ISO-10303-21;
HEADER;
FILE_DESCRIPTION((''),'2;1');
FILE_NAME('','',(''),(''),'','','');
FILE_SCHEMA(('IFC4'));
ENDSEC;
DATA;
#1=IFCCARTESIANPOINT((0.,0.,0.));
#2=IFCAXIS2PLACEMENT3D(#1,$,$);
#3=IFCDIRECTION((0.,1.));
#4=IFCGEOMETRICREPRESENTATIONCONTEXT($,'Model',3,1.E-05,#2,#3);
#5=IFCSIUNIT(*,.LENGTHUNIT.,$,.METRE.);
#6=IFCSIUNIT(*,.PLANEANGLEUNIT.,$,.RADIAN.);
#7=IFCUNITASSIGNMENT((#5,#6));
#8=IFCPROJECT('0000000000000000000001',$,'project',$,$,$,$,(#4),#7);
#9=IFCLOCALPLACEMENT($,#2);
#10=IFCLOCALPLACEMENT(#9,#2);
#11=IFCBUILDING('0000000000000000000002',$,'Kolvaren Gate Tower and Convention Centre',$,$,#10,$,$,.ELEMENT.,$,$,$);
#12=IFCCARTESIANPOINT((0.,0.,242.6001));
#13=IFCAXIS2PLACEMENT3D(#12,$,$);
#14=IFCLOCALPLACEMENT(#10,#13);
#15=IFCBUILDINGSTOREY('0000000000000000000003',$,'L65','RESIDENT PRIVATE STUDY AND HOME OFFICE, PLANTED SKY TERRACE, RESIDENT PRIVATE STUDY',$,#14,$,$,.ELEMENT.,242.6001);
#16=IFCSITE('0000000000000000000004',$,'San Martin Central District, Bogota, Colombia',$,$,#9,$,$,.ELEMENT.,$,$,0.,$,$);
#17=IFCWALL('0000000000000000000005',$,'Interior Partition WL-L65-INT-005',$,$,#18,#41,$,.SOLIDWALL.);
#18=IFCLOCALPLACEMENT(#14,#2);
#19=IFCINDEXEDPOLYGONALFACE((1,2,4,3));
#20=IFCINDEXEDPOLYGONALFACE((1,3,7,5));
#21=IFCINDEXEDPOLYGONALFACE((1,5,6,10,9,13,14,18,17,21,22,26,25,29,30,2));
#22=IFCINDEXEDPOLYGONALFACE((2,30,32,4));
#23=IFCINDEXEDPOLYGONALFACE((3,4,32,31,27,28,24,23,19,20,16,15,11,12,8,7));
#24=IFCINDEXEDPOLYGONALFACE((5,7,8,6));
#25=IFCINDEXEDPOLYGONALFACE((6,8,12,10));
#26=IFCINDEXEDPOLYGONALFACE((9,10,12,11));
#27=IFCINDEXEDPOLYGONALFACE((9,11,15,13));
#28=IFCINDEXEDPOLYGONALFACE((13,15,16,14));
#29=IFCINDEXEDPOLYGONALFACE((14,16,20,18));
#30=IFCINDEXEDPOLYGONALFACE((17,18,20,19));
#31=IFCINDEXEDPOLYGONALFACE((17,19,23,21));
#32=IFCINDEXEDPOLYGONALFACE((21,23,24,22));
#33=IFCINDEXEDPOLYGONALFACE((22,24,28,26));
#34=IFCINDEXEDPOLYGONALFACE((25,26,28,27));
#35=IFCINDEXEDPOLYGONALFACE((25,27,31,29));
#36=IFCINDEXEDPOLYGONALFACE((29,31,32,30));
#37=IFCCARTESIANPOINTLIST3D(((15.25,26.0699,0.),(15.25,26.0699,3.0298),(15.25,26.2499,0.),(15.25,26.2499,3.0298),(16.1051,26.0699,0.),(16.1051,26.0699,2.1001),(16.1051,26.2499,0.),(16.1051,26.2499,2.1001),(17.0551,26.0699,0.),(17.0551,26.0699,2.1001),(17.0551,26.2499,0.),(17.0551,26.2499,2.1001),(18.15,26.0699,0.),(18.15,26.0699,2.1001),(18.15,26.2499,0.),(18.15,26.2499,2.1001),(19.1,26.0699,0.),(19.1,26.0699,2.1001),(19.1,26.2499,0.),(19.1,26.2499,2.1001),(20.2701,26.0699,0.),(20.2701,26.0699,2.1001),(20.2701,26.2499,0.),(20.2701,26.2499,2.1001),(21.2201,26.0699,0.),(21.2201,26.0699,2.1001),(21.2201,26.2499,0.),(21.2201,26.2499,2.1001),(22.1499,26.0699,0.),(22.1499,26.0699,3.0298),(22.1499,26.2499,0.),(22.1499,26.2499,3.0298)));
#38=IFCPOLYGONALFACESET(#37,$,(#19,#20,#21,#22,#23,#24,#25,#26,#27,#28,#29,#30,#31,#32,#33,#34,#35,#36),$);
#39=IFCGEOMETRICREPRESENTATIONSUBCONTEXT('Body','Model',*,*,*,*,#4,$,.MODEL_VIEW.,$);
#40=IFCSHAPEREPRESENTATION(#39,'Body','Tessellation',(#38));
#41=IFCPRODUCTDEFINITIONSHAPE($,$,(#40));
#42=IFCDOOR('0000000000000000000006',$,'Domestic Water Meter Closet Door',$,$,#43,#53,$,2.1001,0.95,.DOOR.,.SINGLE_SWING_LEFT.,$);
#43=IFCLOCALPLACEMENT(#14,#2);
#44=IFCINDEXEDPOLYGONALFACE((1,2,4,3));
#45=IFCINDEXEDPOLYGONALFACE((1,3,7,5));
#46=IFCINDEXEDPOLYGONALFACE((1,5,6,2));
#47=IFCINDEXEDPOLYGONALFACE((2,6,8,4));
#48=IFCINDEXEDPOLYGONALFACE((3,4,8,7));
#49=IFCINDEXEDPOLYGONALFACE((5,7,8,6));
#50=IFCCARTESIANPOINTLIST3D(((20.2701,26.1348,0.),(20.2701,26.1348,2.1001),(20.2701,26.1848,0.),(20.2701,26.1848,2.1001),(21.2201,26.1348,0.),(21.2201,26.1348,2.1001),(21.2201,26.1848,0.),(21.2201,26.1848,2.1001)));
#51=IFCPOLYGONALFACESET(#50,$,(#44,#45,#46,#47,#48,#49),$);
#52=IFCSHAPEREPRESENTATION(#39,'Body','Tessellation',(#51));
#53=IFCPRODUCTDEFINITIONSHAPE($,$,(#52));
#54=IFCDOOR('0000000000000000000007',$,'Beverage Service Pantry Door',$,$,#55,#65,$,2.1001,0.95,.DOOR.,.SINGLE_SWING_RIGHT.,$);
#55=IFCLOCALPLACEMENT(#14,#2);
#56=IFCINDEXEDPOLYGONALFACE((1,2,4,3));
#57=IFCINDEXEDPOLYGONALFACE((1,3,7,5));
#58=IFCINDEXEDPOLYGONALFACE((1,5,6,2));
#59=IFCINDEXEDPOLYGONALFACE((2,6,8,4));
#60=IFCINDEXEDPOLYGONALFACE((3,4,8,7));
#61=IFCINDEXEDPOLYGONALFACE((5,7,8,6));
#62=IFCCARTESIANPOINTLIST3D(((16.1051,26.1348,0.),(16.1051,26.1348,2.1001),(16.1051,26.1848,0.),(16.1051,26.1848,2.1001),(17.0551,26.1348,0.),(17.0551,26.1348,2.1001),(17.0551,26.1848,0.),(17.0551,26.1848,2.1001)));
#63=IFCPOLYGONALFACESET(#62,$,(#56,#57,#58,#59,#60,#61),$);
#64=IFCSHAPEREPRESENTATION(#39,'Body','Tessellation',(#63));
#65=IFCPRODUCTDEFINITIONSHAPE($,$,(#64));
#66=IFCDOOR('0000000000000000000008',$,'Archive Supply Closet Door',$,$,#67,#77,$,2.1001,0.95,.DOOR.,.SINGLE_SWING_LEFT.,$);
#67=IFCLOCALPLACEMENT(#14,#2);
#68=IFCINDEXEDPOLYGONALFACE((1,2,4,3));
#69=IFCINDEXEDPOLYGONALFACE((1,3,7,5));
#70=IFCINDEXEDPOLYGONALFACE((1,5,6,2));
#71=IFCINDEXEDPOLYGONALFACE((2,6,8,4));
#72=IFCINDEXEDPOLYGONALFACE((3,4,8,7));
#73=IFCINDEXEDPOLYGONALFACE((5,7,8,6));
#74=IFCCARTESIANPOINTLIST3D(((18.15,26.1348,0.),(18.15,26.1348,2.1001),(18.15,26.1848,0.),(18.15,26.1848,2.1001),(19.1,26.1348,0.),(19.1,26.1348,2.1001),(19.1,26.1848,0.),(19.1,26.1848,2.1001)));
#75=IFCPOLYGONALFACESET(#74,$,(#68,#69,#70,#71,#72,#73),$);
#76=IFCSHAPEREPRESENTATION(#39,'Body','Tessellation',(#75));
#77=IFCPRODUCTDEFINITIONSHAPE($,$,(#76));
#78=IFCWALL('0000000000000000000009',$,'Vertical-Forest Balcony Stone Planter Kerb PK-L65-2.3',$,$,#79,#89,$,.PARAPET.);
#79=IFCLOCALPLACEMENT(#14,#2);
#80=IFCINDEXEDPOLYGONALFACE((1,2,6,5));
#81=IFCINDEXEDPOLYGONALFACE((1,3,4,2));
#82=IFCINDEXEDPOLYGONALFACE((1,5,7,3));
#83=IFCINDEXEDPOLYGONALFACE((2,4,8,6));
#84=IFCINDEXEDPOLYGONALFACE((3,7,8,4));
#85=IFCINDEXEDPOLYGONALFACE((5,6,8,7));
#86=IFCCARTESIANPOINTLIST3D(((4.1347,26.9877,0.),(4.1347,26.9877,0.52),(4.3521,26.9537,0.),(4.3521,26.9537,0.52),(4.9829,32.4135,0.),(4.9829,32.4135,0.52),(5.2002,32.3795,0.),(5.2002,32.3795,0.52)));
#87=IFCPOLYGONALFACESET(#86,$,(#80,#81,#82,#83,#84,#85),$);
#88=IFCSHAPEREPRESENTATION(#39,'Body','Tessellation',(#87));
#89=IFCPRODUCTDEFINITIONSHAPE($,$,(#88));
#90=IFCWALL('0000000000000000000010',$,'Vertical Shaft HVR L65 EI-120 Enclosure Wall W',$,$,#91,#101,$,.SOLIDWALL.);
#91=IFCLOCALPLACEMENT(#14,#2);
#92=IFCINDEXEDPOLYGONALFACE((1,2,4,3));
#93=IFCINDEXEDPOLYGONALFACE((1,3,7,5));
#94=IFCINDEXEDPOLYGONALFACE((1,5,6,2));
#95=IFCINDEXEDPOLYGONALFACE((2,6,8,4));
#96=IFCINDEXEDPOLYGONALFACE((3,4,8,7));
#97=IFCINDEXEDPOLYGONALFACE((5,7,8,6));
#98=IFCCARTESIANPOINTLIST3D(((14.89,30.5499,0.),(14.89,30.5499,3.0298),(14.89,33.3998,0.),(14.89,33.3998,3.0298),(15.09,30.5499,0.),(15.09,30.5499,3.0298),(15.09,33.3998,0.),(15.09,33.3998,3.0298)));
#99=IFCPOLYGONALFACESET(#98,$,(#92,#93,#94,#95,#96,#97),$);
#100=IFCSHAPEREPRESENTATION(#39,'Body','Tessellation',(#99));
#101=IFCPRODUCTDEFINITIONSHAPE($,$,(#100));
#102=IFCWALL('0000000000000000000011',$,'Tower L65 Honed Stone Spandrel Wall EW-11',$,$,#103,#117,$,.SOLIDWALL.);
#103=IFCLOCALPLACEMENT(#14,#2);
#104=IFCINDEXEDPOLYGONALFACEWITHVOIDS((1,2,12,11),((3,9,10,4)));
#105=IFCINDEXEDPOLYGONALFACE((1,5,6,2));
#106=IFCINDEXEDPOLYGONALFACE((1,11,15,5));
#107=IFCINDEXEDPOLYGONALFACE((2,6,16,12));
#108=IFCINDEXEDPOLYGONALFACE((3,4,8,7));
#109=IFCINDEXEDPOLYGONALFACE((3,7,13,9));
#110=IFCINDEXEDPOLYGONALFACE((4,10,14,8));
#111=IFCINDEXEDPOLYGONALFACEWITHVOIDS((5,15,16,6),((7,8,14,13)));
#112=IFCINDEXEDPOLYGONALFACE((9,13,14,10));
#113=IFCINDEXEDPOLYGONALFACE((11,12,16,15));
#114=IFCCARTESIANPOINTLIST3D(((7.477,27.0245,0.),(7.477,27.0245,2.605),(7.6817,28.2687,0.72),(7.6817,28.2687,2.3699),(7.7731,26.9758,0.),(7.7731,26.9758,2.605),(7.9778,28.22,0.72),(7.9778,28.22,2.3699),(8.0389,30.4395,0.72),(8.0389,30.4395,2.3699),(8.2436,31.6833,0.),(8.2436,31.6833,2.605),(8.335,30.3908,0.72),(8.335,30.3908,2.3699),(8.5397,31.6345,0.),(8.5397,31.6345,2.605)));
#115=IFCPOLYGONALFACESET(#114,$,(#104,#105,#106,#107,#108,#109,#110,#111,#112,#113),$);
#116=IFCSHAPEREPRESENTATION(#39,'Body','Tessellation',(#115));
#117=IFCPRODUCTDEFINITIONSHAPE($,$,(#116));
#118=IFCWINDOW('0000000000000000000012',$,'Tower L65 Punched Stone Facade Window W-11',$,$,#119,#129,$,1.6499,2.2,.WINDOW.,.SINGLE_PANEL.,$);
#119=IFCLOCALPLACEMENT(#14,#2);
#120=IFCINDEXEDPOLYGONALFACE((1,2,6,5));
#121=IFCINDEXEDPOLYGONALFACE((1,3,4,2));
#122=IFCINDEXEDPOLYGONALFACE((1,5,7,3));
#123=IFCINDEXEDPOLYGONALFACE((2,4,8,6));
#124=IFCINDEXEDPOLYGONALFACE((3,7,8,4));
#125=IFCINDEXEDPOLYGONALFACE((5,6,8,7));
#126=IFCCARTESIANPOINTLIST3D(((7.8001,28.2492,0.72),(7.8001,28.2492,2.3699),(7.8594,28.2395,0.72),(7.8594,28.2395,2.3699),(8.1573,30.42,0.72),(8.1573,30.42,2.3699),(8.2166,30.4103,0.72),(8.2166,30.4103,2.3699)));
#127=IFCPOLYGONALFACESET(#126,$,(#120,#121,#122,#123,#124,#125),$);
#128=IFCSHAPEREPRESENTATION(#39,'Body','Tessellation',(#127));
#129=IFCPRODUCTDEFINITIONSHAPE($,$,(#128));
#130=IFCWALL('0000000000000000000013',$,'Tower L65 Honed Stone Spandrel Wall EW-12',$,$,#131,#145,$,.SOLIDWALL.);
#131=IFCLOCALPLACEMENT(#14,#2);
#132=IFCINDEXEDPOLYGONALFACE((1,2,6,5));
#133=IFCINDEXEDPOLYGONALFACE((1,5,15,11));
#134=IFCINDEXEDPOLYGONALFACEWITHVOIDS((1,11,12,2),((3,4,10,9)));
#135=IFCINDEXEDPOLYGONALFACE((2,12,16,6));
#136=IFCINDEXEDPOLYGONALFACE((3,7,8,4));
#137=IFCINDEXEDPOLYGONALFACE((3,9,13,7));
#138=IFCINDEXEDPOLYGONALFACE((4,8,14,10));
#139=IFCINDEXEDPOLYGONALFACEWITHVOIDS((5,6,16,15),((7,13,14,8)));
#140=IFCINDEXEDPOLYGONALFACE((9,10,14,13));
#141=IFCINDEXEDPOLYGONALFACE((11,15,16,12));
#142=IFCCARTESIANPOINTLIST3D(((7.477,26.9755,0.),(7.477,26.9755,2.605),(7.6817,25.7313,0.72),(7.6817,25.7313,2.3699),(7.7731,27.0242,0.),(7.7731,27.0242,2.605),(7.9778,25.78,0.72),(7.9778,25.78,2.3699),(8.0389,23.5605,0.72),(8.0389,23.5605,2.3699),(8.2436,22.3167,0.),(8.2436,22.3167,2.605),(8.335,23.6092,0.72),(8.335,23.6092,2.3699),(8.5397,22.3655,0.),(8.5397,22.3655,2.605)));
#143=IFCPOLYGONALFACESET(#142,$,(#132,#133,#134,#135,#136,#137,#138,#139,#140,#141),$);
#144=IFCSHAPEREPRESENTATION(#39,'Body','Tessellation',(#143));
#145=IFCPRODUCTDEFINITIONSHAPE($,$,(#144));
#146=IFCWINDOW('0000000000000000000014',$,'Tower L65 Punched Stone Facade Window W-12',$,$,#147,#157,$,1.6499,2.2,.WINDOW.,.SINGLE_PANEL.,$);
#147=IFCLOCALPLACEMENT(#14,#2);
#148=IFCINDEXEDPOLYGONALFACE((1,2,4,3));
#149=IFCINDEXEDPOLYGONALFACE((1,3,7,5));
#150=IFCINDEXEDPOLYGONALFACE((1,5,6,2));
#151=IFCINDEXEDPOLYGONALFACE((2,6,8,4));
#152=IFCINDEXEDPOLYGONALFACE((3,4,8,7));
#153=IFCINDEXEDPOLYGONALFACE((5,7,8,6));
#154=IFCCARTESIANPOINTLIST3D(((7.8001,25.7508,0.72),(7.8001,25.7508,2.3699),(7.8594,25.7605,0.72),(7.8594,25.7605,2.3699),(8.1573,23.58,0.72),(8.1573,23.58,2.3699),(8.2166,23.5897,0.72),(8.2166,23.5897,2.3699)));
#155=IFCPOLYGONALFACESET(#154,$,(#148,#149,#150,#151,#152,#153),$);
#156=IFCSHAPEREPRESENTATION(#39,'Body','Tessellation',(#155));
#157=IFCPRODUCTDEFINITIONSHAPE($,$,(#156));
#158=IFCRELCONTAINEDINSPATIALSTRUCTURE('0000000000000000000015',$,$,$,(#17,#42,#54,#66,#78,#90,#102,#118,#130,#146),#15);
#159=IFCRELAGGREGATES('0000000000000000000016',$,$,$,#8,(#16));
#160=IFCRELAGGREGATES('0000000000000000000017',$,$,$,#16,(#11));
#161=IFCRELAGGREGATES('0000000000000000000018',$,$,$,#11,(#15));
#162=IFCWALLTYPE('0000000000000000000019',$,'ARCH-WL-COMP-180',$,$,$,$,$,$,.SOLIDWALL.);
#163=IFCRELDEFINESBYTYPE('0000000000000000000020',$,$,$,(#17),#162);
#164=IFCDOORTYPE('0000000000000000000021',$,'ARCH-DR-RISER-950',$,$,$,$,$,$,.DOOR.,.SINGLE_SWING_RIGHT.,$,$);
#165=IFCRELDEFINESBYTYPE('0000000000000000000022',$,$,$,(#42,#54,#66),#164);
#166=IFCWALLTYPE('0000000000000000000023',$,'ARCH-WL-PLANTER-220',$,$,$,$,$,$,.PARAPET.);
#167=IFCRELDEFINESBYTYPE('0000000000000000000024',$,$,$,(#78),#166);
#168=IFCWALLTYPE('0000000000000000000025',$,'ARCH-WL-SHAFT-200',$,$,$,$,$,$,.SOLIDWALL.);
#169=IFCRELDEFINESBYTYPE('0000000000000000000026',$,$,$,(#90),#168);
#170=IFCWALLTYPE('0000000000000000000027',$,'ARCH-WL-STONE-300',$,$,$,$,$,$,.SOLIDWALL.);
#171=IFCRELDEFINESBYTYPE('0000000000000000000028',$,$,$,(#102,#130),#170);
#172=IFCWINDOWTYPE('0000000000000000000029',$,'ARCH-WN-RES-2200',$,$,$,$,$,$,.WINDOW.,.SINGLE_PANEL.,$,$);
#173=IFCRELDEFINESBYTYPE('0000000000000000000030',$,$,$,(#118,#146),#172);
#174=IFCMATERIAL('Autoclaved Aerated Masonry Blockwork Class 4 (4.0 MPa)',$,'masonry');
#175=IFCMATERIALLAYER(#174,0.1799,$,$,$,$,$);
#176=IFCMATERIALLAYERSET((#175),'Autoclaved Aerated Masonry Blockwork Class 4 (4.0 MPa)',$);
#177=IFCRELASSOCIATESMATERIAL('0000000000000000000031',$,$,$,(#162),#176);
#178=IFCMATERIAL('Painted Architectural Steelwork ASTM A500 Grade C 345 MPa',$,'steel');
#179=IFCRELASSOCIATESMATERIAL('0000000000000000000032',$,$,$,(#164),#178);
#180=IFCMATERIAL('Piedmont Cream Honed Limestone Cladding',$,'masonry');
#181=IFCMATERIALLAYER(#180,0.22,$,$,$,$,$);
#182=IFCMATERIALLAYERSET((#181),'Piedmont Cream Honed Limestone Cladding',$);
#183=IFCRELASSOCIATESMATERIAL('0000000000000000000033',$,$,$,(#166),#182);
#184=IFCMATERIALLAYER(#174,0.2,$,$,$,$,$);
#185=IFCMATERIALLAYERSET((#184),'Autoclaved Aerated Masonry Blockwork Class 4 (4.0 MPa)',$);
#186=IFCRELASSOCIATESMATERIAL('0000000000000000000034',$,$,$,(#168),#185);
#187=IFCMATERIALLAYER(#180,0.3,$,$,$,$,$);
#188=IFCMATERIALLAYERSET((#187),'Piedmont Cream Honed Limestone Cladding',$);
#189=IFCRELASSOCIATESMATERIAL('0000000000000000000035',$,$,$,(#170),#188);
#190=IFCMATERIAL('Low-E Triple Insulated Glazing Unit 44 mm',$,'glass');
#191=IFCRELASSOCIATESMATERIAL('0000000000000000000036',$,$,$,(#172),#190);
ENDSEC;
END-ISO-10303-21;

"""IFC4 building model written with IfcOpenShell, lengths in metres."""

from ifc_helpers import new_model, si_unit, direction, frame, frame_2d, origin, place, context, subcontext, project, spatial, rectangle, extrude, material, layer, layer_set, type_object, element, fill, save


model = new_model("IFC4")

# Units and contexts
model_context = context("Model", 3, precision=1e-05, world=origin(), true_north=direction((0.0, 1.0)))
body_context = subcontext(model_context, "Body", "Model", "MODEL_VIEW")
ifc_project = project(units=[si_unit("LENGTHUNIT", "METRE"), si_unit("PLANEANGLEUNIT", "RADIAN")], contexts=[model_context])

# Site, building, storey
site_placement = place(None, origin())
site = spatial("IfcSite", under=ifc_project, at=site_placement, Name="San Martin Central District, Bogota, Colombia", CompositionType="ELEMENT", RefElevation=0.0)
building_placement = place(site_placement, origin())
building = spatial("IfcBuilding", under=site, at=building_placement, Name="Kolvaren Gate Tower and Convention Centre", CompositionType="ELEMENT")
storey_placement = place(building_placement, frame((0.0, 0.0, 242.6001)))
storey = spatial("IfcBuildingStorey", under=building, at=storey_placement, Name="L65", Description="RESIDENT PRIVATE STUDY AND HOME OFFICE, PLANTED SKY TERRACE, RESIDENT PRIVATE STUDY", CompositionType="ELEMENT", Elevation=242.6001)

# Wall, openings, doors
ifc_material_1 = material(Name="Autoclaved Aerated Masonry Blockwork Class 4 (4.0 MPa)", Category="masonry")
ifc_layer_1 = layer(ifc_material_1, 0.1799)
ifc_layer_set_1 = layer_set([ifc_layer_1], Name="Autoclaved Aerated Masonry Blockwork Class 4 (4.0 MPa)")
wall_type_1 = type_object("IfcWallType", Name="ARCH-WL-COMP-180", PredefinedType="SOLIDWALL", material=ifc_layer_set_1)
ifc_material_2 = material(Name="Painted Architectural Steelwork ASTM A500 Grade C 345 MPa", Category="steel")
door_type = type_object("IfcDoorType", Name="ARCH-DR-RISER-950", OperationType="SINGLE_SWING_RIGHT", PredefinedType="DOOR", material=ifc_material_2)
wall_1_placement = place(storey_placement, frame((15.25, 26.1599, 0.0), z_axis=(0.0, 0.0, 1.0), x_axis=(1.0, 0.0, 0.0)))
wall_1 = element("IfcWall", 1, at=wall_1_placement, inside=storey, type_object=wall_type_1, Name="Interior Partition WL-L65-INT-005", PredefinedType="SOLIDWALL", context=body_context, shape_type="SweptSolid", body=[
    extrude(rectangle(XDim=6.8999, YDim=0.1799, at=frame_2d((3.45, 0.0))), origin(), (0.0, 0.0, 1.0), 3.0298),
])
opening_1_placement = place(wall_1_placement, frame((5.02, 0.0, 0.0)))
opening_1 = element("IfcOpeningElement", 2, at=opening_1_placement, cuts=wall_1, PredefinedType="OPENING", context=body_context, shape_type="SweptSolid", body=[
    extrude(rectangle(XDim=0.95, YDim=2.1001, at=frame_2d((0.4751, 1.05))), frame((0.0, 0.0999, 0.0), z_axis=(0.0, -1.0, 0.0), x_axis=(1.0, 0.0, 0.0)), (0.0, 0.0, 1.0), 0.2),
])
opening_2_placement = place(wall_1_placement, frame((0.855, 0.0, 0.0)))
opening_2 = element("IfcOpeningElement", 3, at=opening_2_placement, cuts=wall_1, PredefinedType="OPENING", context=body_context, shape_type="SweptSolid", body=[
    extrude(rectangle(XDim=0.95, YDim=2.1001, at=frame_2d((0.4751, 1.05))), frame((0.0, 0.0999, 0.0), z_axis=(0.0, -1.0, 0.0), x_axis=(1.0, 0.0, 0.0)), (0.0, 0.0, 1.0), 0.2),
])
opening_3_placement = place(wall_1_placement, frame((2.8999, 0.0, 0.0)))
opening_3 = element("IfcOpeningElement", 4, at=opening_3_placement, cuts=wall_1, PredefinedType="OPENING", context=body_context, shape_type="SweptSolid", body=[
    extrude(rectangle(XDim=0.95, YDim=2.1001, at=frame_2d((0.4751, 1.05))), frame((0.0, 0.0999, 0.0), z_axis=(0.0, -1.0, 0.0), x_axis=(1.0, 0.0, 0.0)), (0.0, 0.0, 1.0), 0.2),
])
door_1_placement = place(opening_1_placement, origin())
door_1 = element("IfcDoor", 5, at=door_1_placement, inside=storey, type_object=door_type, Name="Domestic Water Meter Closet Door", OperationType="SINGLE_SWING_LEFT", OverallHeight=2.1001, OverallWidth=0.95, PredefinedType="DOOR", context=body_context, shape_type="SweptSolid", body=[
    extrude(rectangle(XDim=0.95, YDim=2.1001, at=frame_2d((0.4751, 1.05))), frame((0.0, 0.0249, 0.0), z_axis=(0.0, -1.0, 0.0), x_axis=(1.0, 0.0, 0.0)), (0.0, 0.0, 1.0), 0.05),
])
fill(opening_1, door_1)
door_2_placement = place(opening_2_placement, origin())
door_2 = element("IfcDoor", 6, at=door_2_placement, inside=storey, type_object=door_type, Name="Beverage Service Pantry Door", OperationType="SINGLE_SWING_RIGHT", OverallHeight=2.1001, OverallWidth=0.95, PredefinedType="DOOR", context=body_context, shape_type="SweptSolid", body=[
    extrude(rectangle(XDim=0.95, YDim=2.1001, at=frame_2d((0.4751, 1.05))), frame((0.0, 0.0249, 0.0), z_axis=(0.0, -1.0, 0.0), x_axis=(1.0, 0.0, 0.0)), (0.0, 0.0, 1.0), 0.05),
])
fill(opening_2, door_2)
door_3_placement = place(opening_3_placement, origin())
door_3 = element("IfcDoor", 7, at=door_3_placement, inside=storey, type_object=door_type, Name="Archive Supply Closet Door", OperationType="SINGLE_SWING_LEFT", OverallHeight=2.1001, OverallWidth=0.95, PredefinedType="DOOR", context=body_context, shape_type="SweptSolid", body=[
    extrude(rectangle(XDim=0.95, YDim=2.1001, at=frame_2d((0.4751, 1.05))), frame((0.0, 0.0249, 0.0), z_axis=(0.0, -1.0, 0.0), x_axis=(1.0, 0.0, 0.0)), (0.0, 0.0, 1.0), 0.05),
])
fill(opening_3, door_3)

# Walls
ifc_material_3 = material(Name="Piedmont Cream Honed Limestone Cladding", Category="masonry")
ifc_layer_2 = layer(ifc_material_3, 0.22)
ifc_layer_set_2 = layer_set([ifc_layer_2], Name="Piedmont Cream Honed Limestone Cladding")
wall_type_2 = type_object("IfcWallType", Name="ARCH-WL-PLANTER-220", PredefinedType="PARAPET", material=ifc_layer_set_2)
wall_2_placement = place(storey_placement, frame((4.2434, 26.9707, 0.0), z_axis=(0.0, 0.0, 1.0), x_axis=(0.154442, 0.988002, 0.0)))
element("IfcWall", 8, at=wall_2_placement, inside=storey, type_object=wall_type_2, Name="Vertical-Forest Balcony Stone Planter Kerb PK-L65-2.3", PredefinedType="PARAPET", context=body_context, shape_type="SweptSolid", body=[
    extrude(rectangle(XDim=5.4917, YDim=0.22, at=frame_2d((2.7458, 0.0))), origin(), (0.0, 0.0, 1.0), 0.52),
])
ifc_layer_3 = layer(ifc_material_1, 0.2)
ifc_layer_set_3 = layer_set([ifc_layer_3], Name="Autoclaved Aerated Masonry Blockwork Class 4 (4.0 MPa)")
wall_type_3 = type_object("IfcWallType", Name="ARCH-WL-SHAFT-200", PredefinedType="SOLIDWALL", material=ifc_layer_set_3)
wall_3_placement = place(storey_placement, frame((14.99, 30.55, 0.0), z_axis=(0.0, 0.0, 1.0), x_axis=(0.0, 1.0, 0.0)))
element("IfcWall", 9, at=wall_3_placement, inside=storey, type_object=wall_type_3, Name="Vertical Shaft HVR L65 EI-120 Enclosure Wall W", PredefinedType="SOLIDWALL", context=body_context, shape_type="SweptSolid", body=[
    extrude(rectangle(XDim=2.8499, YDim=0.2, at=frame_2d((1.4248, 0.0))), origin(), (0.0, 0.0, 1.0), 3.0298),
])

# Walls, openings, windows
ifc_layer_4 = layer(ifc_material_3, 0.3)
ifc_layer_set_4 = layer_set([ifc_layer_4], Name="Piedmont Cream Honed Limestone Cladding")
wall_type_4 = type_object("IfcWallType", Name="ARCH-WL-STONE-300", PredefinedType="SOLIDWALL", material=ifc_layer_set_4)
wall_4_placement = place(storey_placement, frame((7.625, 27.0, 0.0), z_axis=(0.0, 0.0, 1.0), x_axis=(0.162369, 0.98673, 0.0)))
wall_4 = element("IfcWall", 10, at=wall_4_placement, inside=storey, type_object=wall_type_4, Name="Tower L65 Honed Stone Spandrel Wall EW-11", PredefinedType="SOLIDWALL", context=body_context, shape_type="SweptSolid", body=[
    extrude(rectangle(XDim=4.7214, YDim=0.3, at=frame_2d((2.3608, 0.0))), origin(), (0.0, 0.0, 1.0), 2.605),
])
opening_4_placement = place(wall_4_placement, frame((1.261, 0.0, 0.72)))
opening_4 = element("IfcOpeningElement", 11, at=opening_4_placement, cuts=wall_4, PredefinedType="OPENING", context=body_context, shape_type="SweptSolid", body=[
    extrude(rectangle(XDim=2.2, YDim=1.6499, at=frame_2d((1.1001, 0.825))), frame((0.0, 0.1599, 0.0), z_axis=(0.0, -1.0, 0.0), x_axis=(1.0, 0.0, 0.0)), (0.0, 0.0, 1.0), 0.3201),
])
ifc_material_4 = material(Name="Low-E Triple Insulated Glazing Unit 44 mm", Category="glass")
window_type = type_object("IfcWindowType", Name="ARCH-WN-RES-2200", PartitioningType="SINGLE_PANEL", PredefinedType="WINDOW", material=ifc_material_4)
window_1_placement = place(opening_4_placement, origin())
window_1 = element("IfcWindow", 12, at=window_1_placement, inside=storey, type_object=window_type, Name="Tower L65 Punched Stone Facade Window W-11", OverallHeight=1.6499, OverallWidth=2.2, PartitioningType="SINGLE_PANEL", PredefinedType="WINDOW", context=body_context, shape_type="SweptSolid", body=[
    extrude(rectangle(XDim=2.2, YDim=1.6499, at=frame_2d((1.1001, 0.825))), frame((0.0, 0.03, 0.0), z_axis=(0.0, -1.0, 0.0), x_axis=(1.0, 0.0, 0.0)), (0.0, 0.0, 1.0), 0.0601),
])
fill(opening_4, window_1)
wall_5_placement = place(storey_placement, frame((7.625, 27.0, 0.0), z_axis=(0.0, 0.0, 1.0), x_axis=(0.162369, -0.98673, 0.0)))
wall_5 = element("IfcWall", 13, at=wall_5_placement, inside=storey, type_object=wall_type_4, Name="Tower L65 Honed Stone Spandrel Wall EW-12", PredefinedType="SOLIDWALL", context=body_context, shape_type="SweptSolid", body=[
    extrude(rectangle(XDim=4.7214, YDim=0.3, at=frame_2d((2.3608, 0.0))), origin(), (0.0, 0.0, 1.0), 2.605),
])
opening_5_placement = place(wall_5_placement, frame((1.261, 0.0, 0.72)))
opening_5 = element("IfcOpeningElement", 14, at=opening_5_placement, cuts=wall_5, PredefinedType="OPENING", context=body_context, shape_type="SweptSolid", body=[
    extrude(rectangle(XDim=2.2, YDim=1.6499, at=frame_2d((1.1001, 0.825))), frame((0.0, 0.1599, 0.0), z_axis=(0.0, -1.0, 0.0), x_axis=(1.0, 0.0, 0.0)), (0.0, 0.0, 1.0), 0.3201),
])
window_2_placement = place(opening_5_placement, origin())
window_2 = element("IfcWindow", 15, at=window_2_placement, inside=storey, type_object=window_type, Name="Tower L65 Punched Stone Facade Window W-12", OverallHeight=1.6499, OverallWidth=2.2, PartitioningType="SINGLE_PANEL", PredefinedType="WINDOW", context=body_context, shape_type="SweptSolid", body=[
    extrude(rectangle(XDim=2.2, YDim=1.6499, at=frame_2d((1.1001, 0.825))), frame((0.0, 0.03, 0.0), z_axis=(0.0, -1.0, 0.0), x_axis=(1.0, 0.0, 0.0)), (0.0, 0.0, 1.0), 0.0601),
])
fill(opening_5, window_2)

save(model, "model.ifc")
